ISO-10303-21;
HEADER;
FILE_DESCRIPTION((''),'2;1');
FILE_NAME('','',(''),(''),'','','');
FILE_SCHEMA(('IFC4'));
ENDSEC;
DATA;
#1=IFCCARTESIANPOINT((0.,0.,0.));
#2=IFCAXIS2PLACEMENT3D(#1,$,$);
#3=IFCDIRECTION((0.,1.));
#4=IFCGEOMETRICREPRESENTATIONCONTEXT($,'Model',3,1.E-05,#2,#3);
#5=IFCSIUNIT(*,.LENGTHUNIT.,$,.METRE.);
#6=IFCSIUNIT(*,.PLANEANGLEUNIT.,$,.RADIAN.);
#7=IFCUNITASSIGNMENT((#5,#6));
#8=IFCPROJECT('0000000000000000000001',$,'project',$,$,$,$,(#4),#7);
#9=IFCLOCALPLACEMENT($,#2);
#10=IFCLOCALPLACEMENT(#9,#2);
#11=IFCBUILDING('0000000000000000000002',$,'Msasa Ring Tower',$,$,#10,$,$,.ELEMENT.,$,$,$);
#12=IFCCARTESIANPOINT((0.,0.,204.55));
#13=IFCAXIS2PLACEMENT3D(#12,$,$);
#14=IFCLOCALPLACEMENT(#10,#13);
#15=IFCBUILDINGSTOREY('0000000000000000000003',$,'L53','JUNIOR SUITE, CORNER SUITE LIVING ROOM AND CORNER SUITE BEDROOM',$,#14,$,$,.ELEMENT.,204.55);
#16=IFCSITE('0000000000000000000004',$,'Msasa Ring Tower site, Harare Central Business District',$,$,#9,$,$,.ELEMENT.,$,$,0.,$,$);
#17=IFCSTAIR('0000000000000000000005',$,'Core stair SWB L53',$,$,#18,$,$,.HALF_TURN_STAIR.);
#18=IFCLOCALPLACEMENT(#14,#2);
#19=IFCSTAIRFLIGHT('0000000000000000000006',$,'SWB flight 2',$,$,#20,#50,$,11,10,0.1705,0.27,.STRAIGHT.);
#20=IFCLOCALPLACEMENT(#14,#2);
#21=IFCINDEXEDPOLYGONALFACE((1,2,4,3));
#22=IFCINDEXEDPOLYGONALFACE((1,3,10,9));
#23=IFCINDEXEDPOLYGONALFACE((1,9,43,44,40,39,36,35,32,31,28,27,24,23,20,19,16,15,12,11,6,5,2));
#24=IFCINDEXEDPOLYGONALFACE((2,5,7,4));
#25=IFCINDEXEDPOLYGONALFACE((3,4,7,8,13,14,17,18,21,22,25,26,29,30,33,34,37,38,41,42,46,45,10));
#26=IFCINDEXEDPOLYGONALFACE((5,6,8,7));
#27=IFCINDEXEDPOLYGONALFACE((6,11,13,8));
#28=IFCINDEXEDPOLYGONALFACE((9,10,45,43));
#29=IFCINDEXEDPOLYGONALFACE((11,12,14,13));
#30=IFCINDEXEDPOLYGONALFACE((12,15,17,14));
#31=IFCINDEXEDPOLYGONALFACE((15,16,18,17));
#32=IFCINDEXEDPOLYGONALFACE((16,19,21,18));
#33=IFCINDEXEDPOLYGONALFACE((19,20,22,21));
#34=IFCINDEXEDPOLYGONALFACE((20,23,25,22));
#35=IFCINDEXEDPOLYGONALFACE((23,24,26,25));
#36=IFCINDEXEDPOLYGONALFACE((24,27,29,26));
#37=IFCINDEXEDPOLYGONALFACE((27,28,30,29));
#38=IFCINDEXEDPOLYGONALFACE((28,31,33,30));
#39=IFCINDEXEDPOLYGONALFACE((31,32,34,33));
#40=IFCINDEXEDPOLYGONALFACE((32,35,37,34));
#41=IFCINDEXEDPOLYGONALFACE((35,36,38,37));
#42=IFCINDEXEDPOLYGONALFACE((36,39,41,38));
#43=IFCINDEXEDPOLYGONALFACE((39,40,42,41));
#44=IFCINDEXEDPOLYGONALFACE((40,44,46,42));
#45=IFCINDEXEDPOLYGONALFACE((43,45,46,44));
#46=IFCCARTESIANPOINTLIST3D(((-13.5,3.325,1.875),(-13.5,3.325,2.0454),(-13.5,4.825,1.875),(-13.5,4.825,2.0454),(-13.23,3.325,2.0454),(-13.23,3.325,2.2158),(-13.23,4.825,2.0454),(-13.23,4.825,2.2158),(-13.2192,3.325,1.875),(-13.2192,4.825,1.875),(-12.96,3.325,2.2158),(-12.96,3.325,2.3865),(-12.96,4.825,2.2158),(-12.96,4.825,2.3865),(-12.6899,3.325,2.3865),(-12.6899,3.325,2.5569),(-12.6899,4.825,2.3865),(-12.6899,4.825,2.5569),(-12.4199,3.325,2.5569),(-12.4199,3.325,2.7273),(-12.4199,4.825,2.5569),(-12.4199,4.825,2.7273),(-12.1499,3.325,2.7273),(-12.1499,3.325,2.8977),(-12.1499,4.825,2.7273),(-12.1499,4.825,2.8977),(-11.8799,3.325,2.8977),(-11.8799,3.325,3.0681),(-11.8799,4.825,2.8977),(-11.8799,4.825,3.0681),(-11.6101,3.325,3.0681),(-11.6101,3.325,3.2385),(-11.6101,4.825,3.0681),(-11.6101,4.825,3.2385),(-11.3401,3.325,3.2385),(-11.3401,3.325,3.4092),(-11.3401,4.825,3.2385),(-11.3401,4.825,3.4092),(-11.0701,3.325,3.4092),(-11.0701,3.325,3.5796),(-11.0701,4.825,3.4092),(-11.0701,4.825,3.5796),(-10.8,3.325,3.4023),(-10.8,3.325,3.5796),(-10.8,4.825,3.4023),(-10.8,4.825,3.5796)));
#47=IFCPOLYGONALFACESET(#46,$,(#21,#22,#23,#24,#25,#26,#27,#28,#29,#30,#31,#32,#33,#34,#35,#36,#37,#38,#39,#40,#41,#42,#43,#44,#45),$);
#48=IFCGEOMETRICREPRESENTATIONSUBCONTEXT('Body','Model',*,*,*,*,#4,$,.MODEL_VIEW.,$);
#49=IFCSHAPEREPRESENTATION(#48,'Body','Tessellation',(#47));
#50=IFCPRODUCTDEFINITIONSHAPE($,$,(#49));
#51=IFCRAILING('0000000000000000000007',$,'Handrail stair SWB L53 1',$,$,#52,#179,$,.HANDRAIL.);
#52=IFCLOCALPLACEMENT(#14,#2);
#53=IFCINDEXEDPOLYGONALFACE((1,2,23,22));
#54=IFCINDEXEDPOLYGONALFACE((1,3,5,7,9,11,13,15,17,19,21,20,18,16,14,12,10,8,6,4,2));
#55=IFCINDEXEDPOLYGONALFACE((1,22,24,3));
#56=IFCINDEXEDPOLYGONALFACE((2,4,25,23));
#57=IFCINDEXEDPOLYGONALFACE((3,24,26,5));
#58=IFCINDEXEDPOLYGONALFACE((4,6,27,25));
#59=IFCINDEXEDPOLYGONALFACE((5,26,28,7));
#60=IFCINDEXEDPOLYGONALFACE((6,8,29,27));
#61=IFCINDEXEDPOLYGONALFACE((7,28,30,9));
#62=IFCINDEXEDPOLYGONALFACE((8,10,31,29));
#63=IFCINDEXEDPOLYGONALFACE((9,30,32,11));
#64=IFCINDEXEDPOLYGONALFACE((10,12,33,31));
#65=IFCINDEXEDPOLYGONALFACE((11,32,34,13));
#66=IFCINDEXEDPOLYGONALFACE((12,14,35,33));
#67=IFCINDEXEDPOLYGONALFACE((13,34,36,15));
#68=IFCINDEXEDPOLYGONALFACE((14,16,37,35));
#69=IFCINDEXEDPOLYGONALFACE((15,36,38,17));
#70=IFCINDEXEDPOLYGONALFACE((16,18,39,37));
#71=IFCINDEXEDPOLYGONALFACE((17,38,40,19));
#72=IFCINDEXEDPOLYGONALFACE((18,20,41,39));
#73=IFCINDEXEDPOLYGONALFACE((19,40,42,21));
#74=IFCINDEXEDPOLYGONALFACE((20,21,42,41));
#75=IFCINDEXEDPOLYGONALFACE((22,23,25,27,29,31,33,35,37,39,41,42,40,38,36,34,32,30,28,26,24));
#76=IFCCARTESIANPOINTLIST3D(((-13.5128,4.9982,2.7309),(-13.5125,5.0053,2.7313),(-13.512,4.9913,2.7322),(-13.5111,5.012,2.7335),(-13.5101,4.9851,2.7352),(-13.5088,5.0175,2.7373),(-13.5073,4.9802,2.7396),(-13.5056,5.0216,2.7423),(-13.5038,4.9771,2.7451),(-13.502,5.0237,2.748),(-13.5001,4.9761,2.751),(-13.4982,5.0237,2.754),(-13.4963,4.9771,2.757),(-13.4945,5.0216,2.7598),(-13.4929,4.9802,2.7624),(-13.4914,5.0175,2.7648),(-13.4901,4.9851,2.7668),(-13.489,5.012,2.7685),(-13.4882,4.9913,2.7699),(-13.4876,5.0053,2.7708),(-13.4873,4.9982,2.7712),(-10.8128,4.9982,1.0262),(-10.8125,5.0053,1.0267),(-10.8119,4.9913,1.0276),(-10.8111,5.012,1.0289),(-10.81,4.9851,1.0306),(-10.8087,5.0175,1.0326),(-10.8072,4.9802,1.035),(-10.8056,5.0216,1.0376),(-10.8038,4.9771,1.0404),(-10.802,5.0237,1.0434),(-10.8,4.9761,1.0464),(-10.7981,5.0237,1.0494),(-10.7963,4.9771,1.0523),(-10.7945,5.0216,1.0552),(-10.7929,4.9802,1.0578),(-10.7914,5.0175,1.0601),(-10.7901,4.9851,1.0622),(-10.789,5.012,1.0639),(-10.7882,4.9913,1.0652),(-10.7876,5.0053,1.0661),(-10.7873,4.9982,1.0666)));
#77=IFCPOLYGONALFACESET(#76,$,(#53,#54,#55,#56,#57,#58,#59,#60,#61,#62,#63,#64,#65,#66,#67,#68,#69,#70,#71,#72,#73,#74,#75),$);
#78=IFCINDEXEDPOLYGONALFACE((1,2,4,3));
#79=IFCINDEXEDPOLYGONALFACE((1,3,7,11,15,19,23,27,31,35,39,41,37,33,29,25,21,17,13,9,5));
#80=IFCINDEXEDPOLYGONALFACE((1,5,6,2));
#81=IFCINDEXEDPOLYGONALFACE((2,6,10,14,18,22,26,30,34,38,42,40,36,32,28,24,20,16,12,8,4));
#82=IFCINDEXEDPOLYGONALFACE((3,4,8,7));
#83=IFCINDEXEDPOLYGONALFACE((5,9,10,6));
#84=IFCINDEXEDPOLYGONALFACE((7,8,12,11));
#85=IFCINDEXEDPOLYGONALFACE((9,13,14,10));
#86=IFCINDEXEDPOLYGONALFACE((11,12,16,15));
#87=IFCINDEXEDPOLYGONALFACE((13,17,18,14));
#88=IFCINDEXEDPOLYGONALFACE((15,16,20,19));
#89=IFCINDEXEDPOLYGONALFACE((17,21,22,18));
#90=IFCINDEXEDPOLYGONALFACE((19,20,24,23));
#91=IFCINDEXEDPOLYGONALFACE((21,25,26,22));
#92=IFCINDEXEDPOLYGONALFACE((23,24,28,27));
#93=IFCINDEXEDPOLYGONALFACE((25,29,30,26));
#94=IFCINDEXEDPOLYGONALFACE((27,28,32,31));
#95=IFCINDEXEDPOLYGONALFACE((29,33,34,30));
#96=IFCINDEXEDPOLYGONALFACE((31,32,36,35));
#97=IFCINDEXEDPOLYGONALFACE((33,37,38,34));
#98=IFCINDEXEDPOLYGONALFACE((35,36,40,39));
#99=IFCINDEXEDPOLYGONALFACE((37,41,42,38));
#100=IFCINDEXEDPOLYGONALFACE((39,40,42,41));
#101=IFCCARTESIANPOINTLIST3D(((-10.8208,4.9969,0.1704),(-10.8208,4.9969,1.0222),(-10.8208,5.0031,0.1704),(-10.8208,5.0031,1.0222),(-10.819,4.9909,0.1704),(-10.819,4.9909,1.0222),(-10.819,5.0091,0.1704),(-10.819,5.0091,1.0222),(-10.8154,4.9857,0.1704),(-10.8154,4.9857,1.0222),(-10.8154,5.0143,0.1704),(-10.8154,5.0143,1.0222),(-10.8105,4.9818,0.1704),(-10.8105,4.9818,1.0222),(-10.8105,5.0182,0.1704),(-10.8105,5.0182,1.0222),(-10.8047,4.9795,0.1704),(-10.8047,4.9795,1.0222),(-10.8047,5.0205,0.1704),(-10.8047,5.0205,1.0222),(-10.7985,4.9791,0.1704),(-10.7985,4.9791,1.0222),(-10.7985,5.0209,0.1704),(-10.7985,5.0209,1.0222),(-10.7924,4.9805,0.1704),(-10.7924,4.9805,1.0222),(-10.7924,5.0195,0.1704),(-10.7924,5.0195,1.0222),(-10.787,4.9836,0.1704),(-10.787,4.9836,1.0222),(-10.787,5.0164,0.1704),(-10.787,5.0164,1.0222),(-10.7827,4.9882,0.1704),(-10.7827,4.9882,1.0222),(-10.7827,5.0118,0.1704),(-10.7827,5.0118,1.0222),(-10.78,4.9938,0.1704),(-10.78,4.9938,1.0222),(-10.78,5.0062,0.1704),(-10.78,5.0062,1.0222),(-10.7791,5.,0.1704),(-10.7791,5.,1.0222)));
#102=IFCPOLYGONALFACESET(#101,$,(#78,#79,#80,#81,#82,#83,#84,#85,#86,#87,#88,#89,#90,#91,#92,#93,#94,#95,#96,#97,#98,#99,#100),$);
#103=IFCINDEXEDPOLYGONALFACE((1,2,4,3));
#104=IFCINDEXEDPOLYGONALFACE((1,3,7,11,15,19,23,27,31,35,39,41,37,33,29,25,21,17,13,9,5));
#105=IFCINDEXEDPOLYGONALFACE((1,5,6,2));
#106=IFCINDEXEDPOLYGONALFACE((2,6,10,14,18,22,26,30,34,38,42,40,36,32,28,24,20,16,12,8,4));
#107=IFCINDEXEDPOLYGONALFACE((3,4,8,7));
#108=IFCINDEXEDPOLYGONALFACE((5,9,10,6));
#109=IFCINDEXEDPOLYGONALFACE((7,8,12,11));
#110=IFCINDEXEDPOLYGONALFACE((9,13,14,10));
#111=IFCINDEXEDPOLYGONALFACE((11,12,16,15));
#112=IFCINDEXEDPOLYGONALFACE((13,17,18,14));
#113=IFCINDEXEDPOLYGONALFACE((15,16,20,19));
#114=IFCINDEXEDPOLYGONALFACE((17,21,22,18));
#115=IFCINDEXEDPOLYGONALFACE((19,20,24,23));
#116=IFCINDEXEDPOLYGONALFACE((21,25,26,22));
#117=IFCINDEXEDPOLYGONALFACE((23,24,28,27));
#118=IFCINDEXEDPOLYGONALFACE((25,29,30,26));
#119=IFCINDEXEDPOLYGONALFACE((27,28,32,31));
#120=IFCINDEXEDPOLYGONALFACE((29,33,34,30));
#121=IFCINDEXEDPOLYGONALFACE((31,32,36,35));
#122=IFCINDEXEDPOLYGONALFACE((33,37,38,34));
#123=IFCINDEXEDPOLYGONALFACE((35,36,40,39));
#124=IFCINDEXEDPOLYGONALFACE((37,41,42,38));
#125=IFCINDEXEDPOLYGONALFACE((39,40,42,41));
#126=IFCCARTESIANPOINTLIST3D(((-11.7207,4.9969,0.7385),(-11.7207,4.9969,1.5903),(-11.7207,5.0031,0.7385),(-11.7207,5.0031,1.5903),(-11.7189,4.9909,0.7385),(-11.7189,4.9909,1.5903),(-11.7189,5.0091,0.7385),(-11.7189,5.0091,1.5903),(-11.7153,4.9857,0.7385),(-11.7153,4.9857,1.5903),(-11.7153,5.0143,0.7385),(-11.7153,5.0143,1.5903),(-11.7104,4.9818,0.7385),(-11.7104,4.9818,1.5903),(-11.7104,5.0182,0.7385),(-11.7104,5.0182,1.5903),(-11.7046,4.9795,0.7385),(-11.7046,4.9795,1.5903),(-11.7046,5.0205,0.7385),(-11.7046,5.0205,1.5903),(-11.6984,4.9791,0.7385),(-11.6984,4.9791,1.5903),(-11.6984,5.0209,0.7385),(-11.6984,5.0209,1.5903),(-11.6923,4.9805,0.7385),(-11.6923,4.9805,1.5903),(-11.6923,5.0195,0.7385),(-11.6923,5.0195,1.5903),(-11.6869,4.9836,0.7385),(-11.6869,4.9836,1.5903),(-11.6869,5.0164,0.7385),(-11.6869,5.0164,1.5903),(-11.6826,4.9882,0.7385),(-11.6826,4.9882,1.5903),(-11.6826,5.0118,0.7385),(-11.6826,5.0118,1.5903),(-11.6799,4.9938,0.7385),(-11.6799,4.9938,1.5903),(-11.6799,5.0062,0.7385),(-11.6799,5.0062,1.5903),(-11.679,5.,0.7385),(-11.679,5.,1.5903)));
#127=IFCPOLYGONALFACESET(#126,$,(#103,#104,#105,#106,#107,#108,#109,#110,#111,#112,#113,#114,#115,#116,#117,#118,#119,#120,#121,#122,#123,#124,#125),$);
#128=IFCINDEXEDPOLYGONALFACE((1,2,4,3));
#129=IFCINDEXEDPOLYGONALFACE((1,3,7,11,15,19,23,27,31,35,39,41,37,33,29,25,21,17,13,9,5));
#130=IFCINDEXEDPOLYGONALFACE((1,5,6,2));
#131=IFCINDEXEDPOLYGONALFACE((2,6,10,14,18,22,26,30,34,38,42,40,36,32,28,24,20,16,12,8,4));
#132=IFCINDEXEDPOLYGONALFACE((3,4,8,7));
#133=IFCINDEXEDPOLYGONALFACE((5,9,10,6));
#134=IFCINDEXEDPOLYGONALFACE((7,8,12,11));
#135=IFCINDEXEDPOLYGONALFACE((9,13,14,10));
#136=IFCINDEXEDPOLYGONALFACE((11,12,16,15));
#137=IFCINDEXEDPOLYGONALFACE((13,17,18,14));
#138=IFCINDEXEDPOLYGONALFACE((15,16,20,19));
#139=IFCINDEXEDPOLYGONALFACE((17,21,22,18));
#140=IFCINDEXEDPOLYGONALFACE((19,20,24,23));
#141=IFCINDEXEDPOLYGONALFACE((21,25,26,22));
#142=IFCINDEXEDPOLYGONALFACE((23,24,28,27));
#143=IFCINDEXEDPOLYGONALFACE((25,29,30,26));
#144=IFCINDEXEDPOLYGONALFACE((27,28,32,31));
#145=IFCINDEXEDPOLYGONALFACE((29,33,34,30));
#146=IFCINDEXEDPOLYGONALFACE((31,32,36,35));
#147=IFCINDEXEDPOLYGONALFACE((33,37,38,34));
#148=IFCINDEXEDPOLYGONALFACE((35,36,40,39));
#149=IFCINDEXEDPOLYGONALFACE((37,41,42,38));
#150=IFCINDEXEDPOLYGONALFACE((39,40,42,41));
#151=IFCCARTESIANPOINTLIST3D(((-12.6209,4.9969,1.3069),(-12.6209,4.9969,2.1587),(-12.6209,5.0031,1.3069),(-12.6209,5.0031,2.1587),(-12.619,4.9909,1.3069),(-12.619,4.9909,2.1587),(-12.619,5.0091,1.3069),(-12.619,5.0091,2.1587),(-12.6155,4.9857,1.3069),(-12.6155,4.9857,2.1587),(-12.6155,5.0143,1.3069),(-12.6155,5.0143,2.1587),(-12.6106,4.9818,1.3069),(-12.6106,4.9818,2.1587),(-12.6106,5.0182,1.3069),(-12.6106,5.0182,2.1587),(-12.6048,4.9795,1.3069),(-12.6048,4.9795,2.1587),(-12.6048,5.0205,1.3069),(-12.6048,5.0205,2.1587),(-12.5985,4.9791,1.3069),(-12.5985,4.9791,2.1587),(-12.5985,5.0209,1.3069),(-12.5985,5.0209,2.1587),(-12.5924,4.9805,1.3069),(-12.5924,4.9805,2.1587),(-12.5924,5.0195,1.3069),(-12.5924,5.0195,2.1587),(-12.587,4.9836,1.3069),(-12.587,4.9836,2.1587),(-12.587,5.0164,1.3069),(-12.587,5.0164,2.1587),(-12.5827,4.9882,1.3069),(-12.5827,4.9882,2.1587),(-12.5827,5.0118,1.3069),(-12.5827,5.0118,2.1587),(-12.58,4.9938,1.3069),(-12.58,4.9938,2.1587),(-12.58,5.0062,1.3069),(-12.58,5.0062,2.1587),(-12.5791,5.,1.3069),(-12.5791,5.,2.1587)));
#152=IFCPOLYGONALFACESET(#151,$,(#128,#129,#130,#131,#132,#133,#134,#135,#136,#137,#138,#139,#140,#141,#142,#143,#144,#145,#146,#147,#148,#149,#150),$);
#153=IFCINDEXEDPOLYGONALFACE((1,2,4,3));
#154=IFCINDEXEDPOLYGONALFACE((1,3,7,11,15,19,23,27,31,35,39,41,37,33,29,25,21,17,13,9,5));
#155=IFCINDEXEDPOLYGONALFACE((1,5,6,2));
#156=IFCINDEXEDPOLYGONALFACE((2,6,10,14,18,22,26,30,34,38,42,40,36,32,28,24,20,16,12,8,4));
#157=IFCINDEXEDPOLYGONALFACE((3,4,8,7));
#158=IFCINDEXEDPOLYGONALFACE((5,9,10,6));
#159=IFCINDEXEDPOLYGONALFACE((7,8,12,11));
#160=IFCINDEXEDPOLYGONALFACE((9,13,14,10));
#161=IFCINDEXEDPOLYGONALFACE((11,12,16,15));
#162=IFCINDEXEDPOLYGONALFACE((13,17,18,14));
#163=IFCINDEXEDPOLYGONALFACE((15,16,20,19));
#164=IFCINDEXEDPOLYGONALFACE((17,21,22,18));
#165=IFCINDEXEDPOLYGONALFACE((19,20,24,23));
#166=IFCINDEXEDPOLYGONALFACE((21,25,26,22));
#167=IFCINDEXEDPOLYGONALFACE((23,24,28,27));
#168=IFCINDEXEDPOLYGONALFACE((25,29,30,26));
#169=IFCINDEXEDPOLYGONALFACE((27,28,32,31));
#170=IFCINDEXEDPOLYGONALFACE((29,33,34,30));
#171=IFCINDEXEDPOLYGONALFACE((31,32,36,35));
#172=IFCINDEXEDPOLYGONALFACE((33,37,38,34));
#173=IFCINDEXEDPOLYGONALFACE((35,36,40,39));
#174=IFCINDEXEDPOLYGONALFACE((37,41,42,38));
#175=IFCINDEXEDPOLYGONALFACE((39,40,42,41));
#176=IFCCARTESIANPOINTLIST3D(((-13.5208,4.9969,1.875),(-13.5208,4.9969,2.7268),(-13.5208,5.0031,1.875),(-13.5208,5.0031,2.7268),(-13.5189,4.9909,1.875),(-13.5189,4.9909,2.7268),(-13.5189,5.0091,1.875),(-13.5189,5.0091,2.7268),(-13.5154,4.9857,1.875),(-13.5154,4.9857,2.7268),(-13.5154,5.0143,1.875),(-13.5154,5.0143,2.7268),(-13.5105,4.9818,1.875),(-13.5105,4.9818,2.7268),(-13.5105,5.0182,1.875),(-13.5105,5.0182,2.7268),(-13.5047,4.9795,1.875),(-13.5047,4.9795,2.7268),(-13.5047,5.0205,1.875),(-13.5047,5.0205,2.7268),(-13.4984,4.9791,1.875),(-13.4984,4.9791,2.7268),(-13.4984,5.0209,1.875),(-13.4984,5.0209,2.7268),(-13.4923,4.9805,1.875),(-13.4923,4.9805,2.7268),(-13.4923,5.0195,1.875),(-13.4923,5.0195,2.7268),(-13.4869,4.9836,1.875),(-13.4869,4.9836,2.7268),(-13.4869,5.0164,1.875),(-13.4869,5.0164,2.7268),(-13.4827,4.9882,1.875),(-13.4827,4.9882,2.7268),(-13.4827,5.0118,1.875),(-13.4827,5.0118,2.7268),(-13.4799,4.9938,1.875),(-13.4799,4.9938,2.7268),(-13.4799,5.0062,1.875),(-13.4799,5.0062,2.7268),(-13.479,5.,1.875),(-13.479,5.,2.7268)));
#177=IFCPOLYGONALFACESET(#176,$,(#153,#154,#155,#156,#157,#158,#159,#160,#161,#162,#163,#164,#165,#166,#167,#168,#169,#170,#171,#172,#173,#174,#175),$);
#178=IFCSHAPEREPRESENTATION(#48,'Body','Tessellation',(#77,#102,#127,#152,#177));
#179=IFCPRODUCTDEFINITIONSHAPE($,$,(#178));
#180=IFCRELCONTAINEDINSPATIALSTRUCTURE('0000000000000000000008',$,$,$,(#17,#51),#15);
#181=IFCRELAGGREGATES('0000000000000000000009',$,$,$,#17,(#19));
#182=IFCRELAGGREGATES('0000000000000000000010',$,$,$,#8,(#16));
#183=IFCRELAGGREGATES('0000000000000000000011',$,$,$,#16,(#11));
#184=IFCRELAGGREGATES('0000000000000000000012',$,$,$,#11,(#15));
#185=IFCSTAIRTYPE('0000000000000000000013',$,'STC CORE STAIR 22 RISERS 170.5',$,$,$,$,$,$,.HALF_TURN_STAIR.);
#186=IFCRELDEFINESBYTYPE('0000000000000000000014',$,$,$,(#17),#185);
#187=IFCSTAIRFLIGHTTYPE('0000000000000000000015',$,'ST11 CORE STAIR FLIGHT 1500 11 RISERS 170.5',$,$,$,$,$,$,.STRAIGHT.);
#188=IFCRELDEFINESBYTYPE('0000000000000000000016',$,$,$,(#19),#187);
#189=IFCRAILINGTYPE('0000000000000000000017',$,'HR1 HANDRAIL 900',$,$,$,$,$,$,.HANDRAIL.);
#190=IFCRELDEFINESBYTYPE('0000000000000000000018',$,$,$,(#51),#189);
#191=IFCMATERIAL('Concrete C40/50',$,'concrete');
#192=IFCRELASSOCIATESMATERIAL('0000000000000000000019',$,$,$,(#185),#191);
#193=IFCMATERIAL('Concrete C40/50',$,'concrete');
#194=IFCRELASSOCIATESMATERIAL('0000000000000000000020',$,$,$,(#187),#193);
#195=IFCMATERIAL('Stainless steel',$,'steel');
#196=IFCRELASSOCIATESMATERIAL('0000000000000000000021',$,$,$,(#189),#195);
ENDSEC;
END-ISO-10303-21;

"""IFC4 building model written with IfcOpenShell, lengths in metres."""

from ifc_helpers import new_model, si_unit, direction, frame, origin, origin_2d, place, context, subcontext, project, spatial, polyline, circle, outline, extrude, material, type_object, element, aggregate, save


model = new_model("IFC4")

# Units and contexts
model_context = context("Model", 3, precision=1e-05, world=origin(), true_north=direction((0.0, 1.0)))
body_context = subcontext(model_context, "Body", "Model", "MODEL_VIEW")
ifc_project = project(units=[si_unit("LENGTHUNIT", "METRE"), si_unit("PLANEANGLEUNIT", "RADIAN")], contexts=[model_context])

# Site, building, storey
site_placement = place(None, origin())
site = spatial("IfcSite", under=ifc_project, at=site_placement, Name="Msasa Ring Tower site, Harare Central Business District", CompositionType="ELEMENT", RefElevation=0.0)
building_placement = place(site_placement, origin())
building = spatial("IfcBuilding", under=site, at=building_placement, Name="Msasa Ring Tower", CompositionType="ELEMENT")
storey_placement = place(building_placement, frame((0.0, 0.0, 204.55)))
storey = spatial("IfcBuildingStorey", under=building, at=storey_placement, Name="L53", Description="JUNIOR SUITE, CORNER SUITE LIVING ROOM AND CORNER SUITE BEDROOM", CompositionType="ELEMENT", Elevation=204.55)

# Stair, stair flight
ifc_material_1 = material(Name="Concrete C40/50", Category="concrete")
stair_type = type_object("IfcStairType", Name="STC CORE STAIR 22 RISERS 170.5", PredefinedType="HALF_TURN_STAIR", material=ifc_material_1)
stair_placement = place(storey_placement, origin())
stair = element("IfcStair", 1, at=stair_placement, inside=storey, type_object=stair_type, Name="Core stair SWB L53", PredefinedType="HALF_TURN_STAIR")
ifc_material_2 = material(Name="Concrete C40/50", Category="concrete")
stair_flight_type = type_object("IfcStairFlightType", Name="ST11 CORE STAIR FLIGHT 1500 11 RISERS 170.5", PredefinedType="STRAIGHT", material=ifc_material_2)
stair_flight_1_placement = place(storey_placement, frame((-13.5, 4.075, 1.875), z_axis=(0.0, 0.0, 1.0), x_axis=(1.0, 0.0, 0.0)))
stair_flight_1 = element("IfcStairFlight", 2, at=stair_flight_1_placement, type_object=stair_flight_type, Name="SWB flight 2", NumberOfRisers=11, NumberOfTreads=10, PredefinedType="STRAIGHT", RiserHeight=0.1705, TreadLength=0.27, context=body_context, shape_type="SweptSolid", body=[
    extrude(outline(polyline([(0.0, 0.0), (0.0, 0.1704), (0.27, 0.1704), (0.27, 0.3408), (0.54, 0.3408), (0.54, 0.5115), (0.8101, 0.5115), (0.8101, 0.6819), (1.0801, 0.6819), (1.0801, 0.8523), (1.3501, 0.8523), (1.3501, 1.0227), (1.6201, 1.0227), (1.6201, 1.1931), (1.8899, 1.1931), (1.8899, 1.3635), (2.1599, 1.3635), (2.1599, 1.5342), (2.4299, 1.5342), (2.4299, 1.7046), (2.7, 1.7046), (2.7, 1.875), (2.7, 1.5273), (0.2808, 0.0), (0.0, 0.0)])), frame((0.0, 0.75, 0.0), z_axis=(0.0, -1.0, 0.0), x_axis=(1.0, 0.0, 0.0)), (0.0, 0.0, 1.0), 1.5),
])
aggregate(stair, [stair_flight_1])

# Railing
ifc_material_3 = material(Name="Stainless steel", Category="steel")
railing_type = type_object("IfcRailingType", Name="HR1 HANDRAIL 900", PredefinedType="HANDRAIL", material=ifc_material_3)
for number, where, name in (
    (3, (-10.8, 5.0, 0.1704), "Handrail stair SWB L53 1"),
):
    element("IfcRailing", number, at=place(storey_placement, frame(where)), inside=storey, type_object=railing_type, Name=name, PredefinedType="HANDRAIL", context=body_context, shape_type="SweptSolid", body=[
        extrude(circle(Radius=0.0239, at=origin_2d()), frame((0.0, 0.0, 0.876), z_axis=(-0.84558, 0.0, 0.533849), x_axis=(0.0, -1.0, 0.0)), (0.0, 0.0, 1.0), 3.1931),
        extrude(circle(Radius=0.021, at=origin_2d()), origin(), (0.0, 0.0, 1.0), 0.8518),
        extrude(circle(Radius=0.021, at=origin_2d()), frame((-0.8999, 0.0, 0.5681)), (0.0, 0.0, 1.0), 0.8518),
        extrude(circle(Radius=0.021, at=origin_2d()), frame((-1.8, 0.0, 1.1365)), (0.0, 0.0, 1.0), 0.8518),
        extrude(circle(Radius=0.021, at=origin_2d()), frame((-2.7, 0.0, 1.7046)), (0.0, 0.0, 1.0), 0.8518),
    ])

save(model, "model.ifc")
